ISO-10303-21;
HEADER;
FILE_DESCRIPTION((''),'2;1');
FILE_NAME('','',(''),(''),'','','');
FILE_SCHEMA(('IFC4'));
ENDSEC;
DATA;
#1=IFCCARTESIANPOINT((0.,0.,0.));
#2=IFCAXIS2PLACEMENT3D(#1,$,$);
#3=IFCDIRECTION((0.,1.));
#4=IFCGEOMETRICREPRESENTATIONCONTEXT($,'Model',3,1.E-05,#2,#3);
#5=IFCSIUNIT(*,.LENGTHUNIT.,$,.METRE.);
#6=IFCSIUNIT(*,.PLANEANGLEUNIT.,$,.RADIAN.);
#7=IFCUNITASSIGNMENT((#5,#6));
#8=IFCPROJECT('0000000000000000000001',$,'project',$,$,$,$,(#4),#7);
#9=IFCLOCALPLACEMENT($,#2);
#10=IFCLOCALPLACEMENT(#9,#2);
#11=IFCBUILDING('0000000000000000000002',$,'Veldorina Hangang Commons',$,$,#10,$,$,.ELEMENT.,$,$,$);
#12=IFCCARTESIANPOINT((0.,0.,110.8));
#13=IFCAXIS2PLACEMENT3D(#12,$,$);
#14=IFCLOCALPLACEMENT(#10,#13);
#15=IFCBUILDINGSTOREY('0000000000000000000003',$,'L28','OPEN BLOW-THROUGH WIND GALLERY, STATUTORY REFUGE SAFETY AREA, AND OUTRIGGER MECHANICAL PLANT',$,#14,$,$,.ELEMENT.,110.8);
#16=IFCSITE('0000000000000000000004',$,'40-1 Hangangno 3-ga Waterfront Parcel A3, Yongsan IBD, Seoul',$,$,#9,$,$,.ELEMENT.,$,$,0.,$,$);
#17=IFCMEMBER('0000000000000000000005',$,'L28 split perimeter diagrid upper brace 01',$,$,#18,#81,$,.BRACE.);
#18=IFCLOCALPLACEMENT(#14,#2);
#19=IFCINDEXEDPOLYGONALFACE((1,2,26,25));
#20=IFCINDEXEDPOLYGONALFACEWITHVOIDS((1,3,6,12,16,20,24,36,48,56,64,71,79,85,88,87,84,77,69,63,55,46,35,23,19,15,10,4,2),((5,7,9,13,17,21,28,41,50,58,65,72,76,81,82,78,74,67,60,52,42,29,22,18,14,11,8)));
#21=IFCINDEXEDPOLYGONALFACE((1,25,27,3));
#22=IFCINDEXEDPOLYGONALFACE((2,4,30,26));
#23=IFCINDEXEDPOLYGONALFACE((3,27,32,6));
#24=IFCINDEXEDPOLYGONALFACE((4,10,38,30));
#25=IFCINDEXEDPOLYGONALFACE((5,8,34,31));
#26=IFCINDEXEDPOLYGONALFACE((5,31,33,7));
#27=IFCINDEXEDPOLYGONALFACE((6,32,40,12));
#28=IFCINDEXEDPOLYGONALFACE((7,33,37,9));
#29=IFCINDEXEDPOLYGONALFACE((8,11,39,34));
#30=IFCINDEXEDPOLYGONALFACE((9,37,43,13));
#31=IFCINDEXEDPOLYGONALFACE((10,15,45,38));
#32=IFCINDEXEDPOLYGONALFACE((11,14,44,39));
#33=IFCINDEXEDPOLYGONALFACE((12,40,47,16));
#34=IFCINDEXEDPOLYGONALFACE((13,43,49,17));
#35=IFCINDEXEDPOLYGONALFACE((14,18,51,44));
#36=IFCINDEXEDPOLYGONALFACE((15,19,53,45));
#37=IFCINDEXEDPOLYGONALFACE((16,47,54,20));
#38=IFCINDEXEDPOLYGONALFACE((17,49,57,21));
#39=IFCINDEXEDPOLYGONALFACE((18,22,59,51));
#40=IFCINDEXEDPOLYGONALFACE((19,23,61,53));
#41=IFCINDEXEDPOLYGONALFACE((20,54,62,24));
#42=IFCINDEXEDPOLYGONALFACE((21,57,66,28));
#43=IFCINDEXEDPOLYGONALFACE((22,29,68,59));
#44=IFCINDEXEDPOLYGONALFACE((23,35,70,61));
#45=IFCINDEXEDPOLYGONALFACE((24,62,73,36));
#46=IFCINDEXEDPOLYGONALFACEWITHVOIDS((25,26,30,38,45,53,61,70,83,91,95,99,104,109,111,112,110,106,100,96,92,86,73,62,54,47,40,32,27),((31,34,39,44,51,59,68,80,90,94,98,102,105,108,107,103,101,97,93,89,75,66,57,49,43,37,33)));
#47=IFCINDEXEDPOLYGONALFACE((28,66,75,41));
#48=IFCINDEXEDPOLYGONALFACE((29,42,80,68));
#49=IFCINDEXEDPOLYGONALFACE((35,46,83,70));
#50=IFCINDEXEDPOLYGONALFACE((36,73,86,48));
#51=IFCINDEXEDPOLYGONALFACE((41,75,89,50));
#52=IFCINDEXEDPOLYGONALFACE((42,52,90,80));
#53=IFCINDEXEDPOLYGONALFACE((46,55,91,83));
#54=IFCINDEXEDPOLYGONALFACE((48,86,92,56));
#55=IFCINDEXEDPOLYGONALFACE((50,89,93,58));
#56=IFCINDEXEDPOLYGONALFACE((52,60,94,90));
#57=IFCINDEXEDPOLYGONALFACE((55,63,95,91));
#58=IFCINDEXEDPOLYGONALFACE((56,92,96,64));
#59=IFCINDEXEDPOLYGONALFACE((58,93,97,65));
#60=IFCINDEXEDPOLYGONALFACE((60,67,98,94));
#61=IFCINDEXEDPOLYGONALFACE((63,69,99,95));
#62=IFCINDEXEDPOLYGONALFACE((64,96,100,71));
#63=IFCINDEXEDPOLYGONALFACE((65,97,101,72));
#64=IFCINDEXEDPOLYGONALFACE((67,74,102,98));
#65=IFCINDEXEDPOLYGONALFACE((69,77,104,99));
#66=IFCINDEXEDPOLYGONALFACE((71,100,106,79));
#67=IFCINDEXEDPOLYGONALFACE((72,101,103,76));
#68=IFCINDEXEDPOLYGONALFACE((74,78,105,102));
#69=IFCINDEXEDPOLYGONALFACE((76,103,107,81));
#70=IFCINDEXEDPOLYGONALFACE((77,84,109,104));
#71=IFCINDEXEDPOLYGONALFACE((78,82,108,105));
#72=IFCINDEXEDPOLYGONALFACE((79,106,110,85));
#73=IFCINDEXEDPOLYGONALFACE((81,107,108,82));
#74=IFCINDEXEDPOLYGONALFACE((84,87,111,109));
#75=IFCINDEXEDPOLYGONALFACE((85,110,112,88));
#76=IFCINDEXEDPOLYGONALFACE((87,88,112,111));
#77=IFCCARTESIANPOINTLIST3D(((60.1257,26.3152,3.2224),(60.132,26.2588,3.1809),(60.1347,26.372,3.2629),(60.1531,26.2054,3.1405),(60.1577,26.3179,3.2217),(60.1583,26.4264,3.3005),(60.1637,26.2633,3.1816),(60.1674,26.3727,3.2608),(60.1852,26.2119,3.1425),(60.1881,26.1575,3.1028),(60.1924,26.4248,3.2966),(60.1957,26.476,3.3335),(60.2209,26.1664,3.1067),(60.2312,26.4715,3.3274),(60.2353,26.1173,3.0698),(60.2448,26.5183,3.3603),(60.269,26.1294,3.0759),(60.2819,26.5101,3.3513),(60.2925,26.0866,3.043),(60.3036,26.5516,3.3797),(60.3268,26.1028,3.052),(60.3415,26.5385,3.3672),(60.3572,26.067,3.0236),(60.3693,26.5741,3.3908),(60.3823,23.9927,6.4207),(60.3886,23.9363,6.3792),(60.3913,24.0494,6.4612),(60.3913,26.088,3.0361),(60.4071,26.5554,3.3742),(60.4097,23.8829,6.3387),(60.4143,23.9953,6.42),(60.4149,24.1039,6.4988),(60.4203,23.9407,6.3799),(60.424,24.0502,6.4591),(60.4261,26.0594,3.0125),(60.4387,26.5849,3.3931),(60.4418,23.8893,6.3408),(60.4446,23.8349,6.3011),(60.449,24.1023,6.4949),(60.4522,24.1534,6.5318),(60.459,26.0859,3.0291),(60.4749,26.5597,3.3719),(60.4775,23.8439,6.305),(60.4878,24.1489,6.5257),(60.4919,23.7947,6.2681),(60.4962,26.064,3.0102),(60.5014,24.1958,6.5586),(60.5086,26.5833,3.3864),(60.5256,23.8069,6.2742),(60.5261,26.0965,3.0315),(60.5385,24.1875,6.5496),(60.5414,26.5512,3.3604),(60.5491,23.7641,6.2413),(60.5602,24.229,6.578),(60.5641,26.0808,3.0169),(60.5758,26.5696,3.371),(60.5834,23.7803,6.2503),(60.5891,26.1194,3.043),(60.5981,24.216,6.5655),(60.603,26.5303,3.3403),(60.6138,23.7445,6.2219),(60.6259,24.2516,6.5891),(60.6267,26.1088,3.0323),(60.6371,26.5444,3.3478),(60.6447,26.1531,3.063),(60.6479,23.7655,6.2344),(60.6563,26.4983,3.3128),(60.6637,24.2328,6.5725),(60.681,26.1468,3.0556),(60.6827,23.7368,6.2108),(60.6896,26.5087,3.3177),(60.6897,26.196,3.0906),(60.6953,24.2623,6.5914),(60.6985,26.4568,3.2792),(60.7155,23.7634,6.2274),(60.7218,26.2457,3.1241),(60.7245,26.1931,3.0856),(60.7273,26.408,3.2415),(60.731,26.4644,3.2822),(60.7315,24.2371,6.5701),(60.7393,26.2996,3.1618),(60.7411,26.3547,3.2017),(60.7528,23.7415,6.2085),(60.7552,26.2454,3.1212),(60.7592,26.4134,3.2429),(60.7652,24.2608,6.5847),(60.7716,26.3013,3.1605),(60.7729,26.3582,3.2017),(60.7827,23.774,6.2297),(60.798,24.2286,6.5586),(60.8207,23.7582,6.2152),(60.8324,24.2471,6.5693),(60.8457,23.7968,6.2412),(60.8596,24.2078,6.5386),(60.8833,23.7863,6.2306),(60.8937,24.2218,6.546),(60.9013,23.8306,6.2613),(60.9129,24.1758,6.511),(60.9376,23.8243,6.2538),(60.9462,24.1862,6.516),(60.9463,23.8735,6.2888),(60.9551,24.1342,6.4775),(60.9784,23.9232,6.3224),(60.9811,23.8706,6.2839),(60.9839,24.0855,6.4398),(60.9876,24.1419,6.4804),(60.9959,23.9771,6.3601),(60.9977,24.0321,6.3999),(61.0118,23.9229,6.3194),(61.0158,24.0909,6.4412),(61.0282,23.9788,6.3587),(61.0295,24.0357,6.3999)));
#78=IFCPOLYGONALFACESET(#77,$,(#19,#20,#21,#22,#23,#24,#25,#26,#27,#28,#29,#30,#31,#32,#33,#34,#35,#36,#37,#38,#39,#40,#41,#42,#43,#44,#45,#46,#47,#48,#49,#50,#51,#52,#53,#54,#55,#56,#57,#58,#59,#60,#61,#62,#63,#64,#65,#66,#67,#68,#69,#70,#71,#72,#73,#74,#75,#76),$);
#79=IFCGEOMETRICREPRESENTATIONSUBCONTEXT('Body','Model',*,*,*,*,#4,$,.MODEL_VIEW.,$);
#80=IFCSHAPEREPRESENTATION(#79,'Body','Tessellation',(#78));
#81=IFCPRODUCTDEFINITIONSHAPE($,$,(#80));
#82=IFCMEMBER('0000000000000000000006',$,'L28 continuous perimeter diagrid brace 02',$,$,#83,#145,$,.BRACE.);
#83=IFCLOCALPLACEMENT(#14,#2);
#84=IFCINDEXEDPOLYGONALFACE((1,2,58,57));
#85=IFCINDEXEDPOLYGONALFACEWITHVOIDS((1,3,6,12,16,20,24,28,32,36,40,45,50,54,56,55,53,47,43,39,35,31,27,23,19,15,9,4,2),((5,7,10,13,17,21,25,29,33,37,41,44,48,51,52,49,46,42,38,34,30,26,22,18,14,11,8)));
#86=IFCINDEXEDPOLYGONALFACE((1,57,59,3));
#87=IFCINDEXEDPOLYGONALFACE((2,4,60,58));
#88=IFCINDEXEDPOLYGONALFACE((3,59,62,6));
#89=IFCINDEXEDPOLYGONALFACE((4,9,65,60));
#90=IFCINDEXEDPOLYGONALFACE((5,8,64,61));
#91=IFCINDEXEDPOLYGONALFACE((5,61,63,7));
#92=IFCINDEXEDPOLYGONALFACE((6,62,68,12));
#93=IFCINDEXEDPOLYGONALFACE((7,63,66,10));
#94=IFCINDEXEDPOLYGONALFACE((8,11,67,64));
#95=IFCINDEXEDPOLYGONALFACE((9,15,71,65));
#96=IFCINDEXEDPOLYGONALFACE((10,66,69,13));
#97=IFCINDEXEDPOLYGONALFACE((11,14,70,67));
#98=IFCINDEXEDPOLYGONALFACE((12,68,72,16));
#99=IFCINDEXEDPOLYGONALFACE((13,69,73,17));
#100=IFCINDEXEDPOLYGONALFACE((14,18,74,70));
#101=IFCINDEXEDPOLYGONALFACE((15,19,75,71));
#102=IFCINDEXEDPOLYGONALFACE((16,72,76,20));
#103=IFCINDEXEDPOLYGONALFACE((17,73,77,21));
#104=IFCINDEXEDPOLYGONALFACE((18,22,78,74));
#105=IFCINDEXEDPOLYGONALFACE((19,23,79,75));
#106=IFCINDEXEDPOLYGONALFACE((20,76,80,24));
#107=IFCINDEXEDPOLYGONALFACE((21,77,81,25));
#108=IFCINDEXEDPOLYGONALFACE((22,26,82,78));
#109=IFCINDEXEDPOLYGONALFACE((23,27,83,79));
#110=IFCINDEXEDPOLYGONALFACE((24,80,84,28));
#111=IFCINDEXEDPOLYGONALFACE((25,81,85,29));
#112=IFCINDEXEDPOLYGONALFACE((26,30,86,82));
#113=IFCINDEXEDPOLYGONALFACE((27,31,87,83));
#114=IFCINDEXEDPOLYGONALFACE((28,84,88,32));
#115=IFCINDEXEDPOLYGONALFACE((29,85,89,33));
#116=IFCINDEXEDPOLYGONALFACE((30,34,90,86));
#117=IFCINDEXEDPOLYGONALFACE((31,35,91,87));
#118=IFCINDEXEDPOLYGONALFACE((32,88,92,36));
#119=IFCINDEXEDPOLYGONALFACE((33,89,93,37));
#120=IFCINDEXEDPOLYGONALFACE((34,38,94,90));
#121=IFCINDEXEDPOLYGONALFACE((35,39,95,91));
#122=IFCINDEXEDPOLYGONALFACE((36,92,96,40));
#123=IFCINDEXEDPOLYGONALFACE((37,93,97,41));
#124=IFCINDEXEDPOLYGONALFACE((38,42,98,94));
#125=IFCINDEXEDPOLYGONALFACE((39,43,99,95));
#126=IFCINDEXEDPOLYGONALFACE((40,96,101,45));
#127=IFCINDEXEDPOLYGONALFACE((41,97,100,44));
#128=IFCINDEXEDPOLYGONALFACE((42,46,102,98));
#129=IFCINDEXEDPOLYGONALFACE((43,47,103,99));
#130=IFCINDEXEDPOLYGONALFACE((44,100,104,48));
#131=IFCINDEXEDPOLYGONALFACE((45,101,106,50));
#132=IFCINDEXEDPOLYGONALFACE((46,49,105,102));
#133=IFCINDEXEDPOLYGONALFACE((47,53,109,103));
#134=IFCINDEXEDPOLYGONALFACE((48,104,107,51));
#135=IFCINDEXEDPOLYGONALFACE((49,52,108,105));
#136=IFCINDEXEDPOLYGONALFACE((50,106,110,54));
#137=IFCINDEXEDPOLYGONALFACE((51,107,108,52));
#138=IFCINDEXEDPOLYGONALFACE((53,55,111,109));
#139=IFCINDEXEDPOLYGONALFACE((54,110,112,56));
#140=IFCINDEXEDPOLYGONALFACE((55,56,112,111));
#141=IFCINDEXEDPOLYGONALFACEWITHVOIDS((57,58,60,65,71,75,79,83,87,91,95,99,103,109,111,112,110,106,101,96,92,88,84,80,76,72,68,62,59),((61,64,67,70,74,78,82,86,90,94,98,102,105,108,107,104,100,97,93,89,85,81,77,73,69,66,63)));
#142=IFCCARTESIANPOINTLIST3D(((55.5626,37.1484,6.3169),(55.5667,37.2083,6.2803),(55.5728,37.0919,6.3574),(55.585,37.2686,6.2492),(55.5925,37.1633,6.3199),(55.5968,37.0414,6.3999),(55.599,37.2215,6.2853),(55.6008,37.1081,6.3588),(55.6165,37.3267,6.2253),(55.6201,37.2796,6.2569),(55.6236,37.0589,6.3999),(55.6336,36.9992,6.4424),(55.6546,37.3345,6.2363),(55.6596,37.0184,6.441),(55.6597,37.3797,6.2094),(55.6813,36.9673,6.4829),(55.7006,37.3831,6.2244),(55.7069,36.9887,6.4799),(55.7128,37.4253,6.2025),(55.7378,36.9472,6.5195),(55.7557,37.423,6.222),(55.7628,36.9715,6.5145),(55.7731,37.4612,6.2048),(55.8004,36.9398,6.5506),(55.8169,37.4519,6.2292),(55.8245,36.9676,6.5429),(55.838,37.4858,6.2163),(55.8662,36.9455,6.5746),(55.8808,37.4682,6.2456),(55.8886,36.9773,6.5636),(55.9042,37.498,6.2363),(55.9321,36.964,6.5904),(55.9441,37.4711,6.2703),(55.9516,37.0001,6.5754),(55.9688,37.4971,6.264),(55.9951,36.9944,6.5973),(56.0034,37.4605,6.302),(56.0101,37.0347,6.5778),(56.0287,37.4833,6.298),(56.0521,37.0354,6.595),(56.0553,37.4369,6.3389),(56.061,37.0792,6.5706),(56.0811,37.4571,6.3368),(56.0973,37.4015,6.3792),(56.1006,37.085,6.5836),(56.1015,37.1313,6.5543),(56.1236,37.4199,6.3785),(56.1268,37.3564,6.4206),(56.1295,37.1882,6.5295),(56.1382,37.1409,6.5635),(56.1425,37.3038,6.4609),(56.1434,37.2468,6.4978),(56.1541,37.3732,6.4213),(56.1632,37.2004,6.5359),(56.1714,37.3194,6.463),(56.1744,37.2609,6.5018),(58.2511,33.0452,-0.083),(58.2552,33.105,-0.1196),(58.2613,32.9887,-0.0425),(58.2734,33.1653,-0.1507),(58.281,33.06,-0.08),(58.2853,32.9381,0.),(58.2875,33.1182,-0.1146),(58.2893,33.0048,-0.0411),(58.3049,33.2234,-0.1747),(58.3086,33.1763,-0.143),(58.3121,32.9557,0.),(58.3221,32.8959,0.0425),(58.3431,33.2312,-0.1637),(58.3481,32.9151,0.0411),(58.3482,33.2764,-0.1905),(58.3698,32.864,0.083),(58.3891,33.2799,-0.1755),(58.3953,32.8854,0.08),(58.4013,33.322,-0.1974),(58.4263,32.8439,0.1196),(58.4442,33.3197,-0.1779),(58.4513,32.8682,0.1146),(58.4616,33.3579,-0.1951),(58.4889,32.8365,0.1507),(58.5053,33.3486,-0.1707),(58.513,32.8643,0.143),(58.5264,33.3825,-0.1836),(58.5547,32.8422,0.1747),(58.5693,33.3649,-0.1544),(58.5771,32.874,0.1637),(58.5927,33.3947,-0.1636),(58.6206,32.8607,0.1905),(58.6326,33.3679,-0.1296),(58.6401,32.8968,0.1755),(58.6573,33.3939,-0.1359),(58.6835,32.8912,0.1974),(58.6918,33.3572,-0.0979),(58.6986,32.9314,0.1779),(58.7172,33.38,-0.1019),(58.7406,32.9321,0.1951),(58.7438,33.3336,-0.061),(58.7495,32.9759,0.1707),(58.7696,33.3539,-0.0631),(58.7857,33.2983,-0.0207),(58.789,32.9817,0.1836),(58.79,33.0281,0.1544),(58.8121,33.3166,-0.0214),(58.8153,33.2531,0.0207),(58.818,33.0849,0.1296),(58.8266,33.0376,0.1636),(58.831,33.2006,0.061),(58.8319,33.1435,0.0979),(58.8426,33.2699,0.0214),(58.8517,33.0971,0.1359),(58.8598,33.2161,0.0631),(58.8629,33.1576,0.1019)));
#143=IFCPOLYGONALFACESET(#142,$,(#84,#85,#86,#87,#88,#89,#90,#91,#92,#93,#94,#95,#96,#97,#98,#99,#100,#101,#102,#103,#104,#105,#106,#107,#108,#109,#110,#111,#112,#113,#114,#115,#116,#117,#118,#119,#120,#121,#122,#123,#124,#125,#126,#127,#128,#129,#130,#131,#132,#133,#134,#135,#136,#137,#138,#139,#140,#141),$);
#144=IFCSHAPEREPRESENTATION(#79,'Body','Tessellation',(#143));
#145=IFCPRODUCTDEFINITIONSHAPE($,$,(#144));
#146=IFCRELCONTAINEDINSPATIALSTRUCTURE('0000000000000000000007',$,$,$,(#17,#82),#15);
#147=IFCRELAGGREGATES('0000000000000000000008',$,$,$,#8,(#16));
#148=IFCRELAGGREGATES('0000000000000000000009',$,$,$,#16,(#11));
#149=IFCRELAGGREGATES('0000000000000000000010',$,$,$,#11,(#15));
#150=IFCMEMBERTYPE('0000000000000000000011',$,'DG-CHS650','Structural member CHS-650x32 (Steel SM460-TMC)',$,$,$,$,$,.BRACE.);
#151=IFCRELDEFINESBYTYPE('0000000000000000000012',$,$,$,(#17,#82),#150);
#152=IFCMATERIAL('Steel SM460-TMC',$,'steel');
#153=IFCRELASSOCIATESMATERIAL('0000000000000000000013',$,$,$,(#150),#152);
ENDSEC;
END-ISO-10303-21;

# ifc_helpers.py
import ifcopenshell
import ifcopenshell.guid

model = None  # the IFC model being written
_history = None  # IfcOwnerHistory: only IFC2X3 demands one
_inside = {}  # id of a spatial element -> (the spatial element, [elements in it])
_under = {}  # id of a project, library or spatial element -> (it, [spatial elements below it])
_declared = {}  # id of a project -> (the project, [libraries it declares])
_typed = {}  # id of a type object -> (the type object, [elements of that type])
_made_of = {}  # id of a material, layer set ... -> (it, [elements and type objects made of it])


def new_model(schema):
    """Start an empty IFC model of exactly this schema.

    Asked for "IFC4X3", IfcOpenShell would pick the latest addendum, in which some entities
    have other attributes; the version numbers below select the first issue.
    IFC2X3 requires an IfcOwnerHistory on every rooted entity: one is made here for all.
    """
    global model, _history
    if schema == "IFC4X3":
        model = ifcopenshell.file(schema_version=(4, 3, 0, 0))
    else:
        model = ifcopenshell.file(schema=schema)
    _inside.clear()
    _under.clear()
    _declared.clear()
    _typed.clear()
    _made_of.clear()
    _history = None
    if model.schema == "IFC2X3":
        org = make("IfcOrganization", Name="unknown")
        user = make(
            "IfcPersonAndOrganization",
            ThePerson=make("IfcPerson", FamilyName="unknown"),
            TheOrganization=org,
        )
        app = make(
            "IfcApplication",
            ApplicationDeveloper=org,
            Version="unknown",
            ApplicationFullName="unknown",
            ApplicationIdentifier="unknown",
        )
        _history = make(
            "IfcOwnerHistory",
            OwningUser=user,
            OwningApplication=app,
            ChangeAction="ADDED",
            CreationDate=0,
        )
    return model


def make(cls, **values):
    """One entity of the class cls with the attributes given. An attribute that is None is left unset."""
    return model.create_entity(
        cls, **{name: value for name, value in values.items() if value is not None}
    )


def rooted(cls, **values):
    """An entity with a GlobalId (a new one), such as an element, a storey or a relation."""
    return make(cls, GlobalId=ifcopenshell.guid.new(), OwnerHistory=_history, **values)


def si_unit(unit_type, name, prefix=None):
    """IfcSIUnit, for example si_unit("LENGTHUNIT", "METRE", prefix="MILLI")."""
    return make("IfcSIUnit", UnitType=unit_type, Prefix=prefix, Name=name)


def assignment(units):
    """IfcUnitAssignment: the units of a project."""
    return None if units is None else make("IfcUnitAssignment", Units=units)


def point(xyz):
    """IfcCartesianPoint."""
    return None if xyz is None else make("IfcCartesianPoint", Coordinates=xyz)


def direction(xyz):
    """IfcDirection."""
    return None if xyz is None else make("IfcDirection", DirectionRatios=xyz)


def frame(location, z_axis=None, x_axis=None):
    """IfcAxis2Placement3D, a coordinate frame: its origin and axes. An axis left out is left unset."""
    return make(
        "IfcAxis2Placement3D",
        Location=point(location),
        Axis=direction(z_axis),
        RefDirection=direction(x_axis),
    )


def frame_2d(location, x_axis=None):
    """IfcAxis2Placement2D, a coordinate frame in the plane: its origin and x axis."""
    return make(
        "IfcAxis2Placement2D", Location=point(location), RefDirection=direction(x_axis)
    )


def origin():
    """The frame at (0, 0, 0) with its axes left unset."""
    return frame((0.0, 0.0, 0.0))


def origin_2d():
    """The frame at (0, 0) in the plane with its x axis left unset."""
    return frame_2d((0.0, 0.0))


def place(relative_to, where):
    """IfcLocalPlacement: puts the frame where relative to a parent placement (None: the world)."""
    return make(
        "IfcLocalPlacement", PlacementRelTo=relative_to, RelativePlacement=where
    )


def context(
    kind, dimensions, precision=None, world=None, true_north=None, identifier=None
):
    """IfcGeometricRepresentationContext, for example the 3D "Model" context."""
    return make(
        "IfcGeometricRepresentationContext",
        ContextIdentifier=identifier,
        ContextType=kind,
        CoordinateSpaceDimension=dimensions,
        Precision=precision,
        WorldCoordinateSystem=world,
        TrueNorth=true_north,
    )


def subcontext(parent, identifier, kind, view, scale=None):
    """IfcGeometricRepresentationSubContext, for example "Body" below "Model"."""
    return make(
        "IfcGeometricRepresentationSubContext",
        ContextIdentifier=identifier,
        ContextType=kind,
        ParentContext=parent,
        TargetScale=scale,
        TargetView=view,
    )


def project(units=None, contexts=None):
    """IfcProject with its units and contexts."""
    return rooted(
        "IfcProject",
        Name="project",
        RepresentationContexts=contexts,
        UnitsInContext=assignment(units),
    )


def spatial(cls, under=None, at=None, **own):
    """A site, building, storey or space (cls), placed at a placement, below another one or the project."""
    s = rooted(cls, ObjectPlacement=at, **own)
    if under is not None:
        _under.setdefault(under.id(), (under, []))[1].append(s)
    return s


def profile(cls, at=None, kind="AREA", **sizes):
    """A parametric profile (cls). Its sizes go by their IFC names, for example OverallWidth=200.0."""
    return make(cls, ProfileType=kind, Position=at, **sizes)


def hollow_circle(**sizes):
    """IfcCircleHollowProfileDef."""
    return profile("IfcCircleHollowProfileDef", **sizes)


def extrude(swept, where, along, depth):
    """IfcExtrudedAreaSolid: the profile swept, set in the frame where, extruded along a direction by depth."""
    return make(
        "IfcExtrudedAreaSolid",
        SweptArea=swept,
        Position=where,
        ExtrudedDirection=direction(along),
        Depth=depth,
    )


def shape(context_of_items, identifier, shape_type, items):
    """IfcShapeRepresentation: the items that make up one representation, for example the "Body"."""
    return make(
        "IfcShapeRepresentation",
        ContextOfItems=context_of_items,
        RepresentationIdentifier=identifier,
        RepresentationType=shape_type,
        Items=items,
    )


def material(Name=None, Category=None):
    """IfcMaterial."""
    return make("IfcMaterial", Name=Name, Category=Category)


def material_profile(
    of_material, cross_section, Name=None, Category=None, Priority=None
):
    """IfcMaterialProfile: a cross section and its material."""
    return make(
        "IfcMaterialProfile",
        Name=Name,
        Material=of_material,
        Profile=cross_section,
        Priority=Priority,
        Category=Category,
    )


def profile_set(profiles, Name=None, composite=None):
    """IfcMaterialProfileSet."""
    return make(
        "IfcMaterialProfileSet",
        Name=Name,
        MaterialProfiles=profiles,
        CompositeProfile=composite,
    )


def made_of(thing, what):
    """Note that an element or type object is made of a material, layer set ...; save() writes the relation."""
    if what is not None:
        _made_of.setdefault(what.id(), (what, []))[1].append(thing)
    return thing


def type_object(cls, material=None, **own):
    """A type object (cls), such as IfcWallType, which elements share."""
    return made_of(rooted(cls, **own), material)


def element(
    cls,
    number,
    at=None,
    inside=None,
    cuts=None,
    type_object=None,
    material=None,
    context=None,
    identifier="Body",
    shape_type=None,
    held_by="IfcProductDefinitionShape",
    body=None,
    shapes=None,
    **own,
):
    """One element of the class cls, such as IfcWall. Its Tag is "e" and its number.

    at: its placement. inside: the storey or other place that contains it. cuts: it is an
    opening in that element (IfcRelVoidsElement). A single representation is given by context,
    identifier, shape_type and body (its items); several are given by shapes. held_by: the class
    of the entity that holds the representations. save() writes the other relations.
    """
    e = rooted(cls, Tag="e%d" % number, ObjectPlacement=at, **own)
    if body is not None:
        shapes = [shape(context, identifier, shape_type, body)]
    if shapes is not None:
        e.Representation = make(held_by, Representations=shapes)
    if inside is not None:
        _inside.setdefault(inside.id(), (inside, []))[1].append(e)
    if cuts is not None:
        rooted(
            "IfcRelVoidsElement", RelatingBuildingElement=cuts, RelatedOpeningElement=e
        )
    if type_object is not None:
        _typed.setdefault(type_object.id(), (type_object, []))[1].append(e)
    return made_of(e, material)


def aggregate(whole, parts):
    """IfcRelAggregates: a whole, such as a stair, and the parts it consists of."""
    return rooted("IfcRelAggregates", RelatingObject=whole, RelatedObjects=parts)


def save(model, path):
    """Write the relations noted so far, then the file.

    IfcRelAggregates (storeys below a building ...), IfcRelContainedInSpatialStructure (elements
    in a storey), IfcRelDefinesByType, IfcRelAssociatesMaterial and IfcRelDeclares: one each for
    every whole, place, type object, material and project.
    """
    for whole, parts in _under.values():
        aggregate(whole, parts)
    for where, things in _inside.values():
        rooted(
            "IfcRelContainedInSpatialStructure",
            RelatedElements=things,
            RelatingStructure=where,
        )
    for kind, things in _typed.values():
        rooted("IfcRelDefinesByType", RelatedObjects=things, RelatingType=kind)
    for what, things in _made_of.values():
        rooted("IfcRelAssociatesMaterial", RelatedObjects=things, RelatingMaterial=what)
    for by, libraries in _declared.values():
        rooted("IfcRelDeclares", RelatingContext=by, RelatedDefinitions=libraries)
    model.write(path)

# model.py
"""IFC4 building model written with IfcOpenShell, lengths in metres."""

from ifc_helpers import new_model, si_unit, direction, frame, origin, origin_2d, place, context, subcontext, project, spatial, hollow_circle, extrude, material, material_profile, profile_set, type_object, element, save


model = new_model("IFC4")

# Units and contexts
model_context = context("Model", 3, precision=1e-05, world=origin(), true_north=direction((0.0, 1.0)))
body_context = subcontext(model_context, "Body", "Model", "MODEL_VIEW")
ifc_project = project(units=[si_unit("LENGTHUNIT", "METRE"), si_unit("PLANEANGLEUNIT", "RADIAN")], contexts=[model_context])

# Site, building, storey
site_placement = place(None, origin())
site = spatial("IfcSite", under=ifc_project, at=site_placement, Name="40-1 Hangangno 3-ga Waterfront Parcel A3, Yongsan IBD, Seoul", CompositionType="ELEMENT", RefElevation=0.0)
building_placement = place(site_placement, origin())
building = spatial("IfcBuilding", under=site, at=building_placement, Name="Veldorina Hangang Commons", CompositionType="ELEMENT")
storey_placement = place(building_placement, frame((0.0, 0.0, 110.8)))
storey = spatial("IfcBuildingStorey", under=building, at=storey_placement, Name="L28", Description="OPEN BLOW-THROUGH WIND GALLERY, STATUTORY REFUGE SAFETY AREA, AND OUTRIGGER MECHANICAL PLANT", CompositionType="ELEMENT", Elevation=110.8)

# Shared definitions
ifc_material_1 = material(Name="Steel SM460-TMC", Category="steel")

# Members
ifc_material_profile_1 = material_profile(ifc_material_1, hollow_circle(Radius=0.325, WallThickness=0.032, at=origin_2d()), Name="CHS-650x32")
ifc_profile_set_1 = profile_set([ifc_material_profile_1], Name="Steel SM460-TMC")
member_type_1 = type_object("IfcMemberType", Name="DG-CHS650", Description="Structural member CHS-650x32 (Steel SM460-TMC)", PredefinedType="BRACE", material=ifc_profile_set_1)
member_1_placement = place(storey_placement, frame((60.45, 26.3225, 3.2017), z_axis=(0.064781, -0.586361, 0.807456), x_axis=(0.993952, 0.109812, 0.0)))
element("IfcMember", 1, at=member_1_placement, inside=storey, type_object=member_type_1, Name="L28 split perimeter diagrid upper brace 01", PredefinedType="BRACE", context=body_context, shape_type="SweptSolid", body=[
    extrude(hollow_circle(Radius=0.325, WallThickness=0.032, at=origin_2d()), origin(), (0.0, 0.0, 1.0), 3.9609),
])
member_2_placement = place(storey_placement, frame((58.5571, 33.1162, 0.0), z_axis=(-0.333404, 0.508856, 0.793667), x_axis=(-0.836449, -0.548044, 0.0)))
element("IfcMember", 2, at=member_2_placement, inside=storey, type_object=member_type_1, Name="L28 continuous perimeter diagrid brace 02", PredefinedType="BRACE", context=body_context, shape_type="SweptSolid", body=[
    extrude(hollow_circle(Radius=0.325, WallThickness=0.032, at=origin_2d()), origin(), (0.0, 0.0, 1.0), 8.0637),
])

save(model, "model.ifc")
